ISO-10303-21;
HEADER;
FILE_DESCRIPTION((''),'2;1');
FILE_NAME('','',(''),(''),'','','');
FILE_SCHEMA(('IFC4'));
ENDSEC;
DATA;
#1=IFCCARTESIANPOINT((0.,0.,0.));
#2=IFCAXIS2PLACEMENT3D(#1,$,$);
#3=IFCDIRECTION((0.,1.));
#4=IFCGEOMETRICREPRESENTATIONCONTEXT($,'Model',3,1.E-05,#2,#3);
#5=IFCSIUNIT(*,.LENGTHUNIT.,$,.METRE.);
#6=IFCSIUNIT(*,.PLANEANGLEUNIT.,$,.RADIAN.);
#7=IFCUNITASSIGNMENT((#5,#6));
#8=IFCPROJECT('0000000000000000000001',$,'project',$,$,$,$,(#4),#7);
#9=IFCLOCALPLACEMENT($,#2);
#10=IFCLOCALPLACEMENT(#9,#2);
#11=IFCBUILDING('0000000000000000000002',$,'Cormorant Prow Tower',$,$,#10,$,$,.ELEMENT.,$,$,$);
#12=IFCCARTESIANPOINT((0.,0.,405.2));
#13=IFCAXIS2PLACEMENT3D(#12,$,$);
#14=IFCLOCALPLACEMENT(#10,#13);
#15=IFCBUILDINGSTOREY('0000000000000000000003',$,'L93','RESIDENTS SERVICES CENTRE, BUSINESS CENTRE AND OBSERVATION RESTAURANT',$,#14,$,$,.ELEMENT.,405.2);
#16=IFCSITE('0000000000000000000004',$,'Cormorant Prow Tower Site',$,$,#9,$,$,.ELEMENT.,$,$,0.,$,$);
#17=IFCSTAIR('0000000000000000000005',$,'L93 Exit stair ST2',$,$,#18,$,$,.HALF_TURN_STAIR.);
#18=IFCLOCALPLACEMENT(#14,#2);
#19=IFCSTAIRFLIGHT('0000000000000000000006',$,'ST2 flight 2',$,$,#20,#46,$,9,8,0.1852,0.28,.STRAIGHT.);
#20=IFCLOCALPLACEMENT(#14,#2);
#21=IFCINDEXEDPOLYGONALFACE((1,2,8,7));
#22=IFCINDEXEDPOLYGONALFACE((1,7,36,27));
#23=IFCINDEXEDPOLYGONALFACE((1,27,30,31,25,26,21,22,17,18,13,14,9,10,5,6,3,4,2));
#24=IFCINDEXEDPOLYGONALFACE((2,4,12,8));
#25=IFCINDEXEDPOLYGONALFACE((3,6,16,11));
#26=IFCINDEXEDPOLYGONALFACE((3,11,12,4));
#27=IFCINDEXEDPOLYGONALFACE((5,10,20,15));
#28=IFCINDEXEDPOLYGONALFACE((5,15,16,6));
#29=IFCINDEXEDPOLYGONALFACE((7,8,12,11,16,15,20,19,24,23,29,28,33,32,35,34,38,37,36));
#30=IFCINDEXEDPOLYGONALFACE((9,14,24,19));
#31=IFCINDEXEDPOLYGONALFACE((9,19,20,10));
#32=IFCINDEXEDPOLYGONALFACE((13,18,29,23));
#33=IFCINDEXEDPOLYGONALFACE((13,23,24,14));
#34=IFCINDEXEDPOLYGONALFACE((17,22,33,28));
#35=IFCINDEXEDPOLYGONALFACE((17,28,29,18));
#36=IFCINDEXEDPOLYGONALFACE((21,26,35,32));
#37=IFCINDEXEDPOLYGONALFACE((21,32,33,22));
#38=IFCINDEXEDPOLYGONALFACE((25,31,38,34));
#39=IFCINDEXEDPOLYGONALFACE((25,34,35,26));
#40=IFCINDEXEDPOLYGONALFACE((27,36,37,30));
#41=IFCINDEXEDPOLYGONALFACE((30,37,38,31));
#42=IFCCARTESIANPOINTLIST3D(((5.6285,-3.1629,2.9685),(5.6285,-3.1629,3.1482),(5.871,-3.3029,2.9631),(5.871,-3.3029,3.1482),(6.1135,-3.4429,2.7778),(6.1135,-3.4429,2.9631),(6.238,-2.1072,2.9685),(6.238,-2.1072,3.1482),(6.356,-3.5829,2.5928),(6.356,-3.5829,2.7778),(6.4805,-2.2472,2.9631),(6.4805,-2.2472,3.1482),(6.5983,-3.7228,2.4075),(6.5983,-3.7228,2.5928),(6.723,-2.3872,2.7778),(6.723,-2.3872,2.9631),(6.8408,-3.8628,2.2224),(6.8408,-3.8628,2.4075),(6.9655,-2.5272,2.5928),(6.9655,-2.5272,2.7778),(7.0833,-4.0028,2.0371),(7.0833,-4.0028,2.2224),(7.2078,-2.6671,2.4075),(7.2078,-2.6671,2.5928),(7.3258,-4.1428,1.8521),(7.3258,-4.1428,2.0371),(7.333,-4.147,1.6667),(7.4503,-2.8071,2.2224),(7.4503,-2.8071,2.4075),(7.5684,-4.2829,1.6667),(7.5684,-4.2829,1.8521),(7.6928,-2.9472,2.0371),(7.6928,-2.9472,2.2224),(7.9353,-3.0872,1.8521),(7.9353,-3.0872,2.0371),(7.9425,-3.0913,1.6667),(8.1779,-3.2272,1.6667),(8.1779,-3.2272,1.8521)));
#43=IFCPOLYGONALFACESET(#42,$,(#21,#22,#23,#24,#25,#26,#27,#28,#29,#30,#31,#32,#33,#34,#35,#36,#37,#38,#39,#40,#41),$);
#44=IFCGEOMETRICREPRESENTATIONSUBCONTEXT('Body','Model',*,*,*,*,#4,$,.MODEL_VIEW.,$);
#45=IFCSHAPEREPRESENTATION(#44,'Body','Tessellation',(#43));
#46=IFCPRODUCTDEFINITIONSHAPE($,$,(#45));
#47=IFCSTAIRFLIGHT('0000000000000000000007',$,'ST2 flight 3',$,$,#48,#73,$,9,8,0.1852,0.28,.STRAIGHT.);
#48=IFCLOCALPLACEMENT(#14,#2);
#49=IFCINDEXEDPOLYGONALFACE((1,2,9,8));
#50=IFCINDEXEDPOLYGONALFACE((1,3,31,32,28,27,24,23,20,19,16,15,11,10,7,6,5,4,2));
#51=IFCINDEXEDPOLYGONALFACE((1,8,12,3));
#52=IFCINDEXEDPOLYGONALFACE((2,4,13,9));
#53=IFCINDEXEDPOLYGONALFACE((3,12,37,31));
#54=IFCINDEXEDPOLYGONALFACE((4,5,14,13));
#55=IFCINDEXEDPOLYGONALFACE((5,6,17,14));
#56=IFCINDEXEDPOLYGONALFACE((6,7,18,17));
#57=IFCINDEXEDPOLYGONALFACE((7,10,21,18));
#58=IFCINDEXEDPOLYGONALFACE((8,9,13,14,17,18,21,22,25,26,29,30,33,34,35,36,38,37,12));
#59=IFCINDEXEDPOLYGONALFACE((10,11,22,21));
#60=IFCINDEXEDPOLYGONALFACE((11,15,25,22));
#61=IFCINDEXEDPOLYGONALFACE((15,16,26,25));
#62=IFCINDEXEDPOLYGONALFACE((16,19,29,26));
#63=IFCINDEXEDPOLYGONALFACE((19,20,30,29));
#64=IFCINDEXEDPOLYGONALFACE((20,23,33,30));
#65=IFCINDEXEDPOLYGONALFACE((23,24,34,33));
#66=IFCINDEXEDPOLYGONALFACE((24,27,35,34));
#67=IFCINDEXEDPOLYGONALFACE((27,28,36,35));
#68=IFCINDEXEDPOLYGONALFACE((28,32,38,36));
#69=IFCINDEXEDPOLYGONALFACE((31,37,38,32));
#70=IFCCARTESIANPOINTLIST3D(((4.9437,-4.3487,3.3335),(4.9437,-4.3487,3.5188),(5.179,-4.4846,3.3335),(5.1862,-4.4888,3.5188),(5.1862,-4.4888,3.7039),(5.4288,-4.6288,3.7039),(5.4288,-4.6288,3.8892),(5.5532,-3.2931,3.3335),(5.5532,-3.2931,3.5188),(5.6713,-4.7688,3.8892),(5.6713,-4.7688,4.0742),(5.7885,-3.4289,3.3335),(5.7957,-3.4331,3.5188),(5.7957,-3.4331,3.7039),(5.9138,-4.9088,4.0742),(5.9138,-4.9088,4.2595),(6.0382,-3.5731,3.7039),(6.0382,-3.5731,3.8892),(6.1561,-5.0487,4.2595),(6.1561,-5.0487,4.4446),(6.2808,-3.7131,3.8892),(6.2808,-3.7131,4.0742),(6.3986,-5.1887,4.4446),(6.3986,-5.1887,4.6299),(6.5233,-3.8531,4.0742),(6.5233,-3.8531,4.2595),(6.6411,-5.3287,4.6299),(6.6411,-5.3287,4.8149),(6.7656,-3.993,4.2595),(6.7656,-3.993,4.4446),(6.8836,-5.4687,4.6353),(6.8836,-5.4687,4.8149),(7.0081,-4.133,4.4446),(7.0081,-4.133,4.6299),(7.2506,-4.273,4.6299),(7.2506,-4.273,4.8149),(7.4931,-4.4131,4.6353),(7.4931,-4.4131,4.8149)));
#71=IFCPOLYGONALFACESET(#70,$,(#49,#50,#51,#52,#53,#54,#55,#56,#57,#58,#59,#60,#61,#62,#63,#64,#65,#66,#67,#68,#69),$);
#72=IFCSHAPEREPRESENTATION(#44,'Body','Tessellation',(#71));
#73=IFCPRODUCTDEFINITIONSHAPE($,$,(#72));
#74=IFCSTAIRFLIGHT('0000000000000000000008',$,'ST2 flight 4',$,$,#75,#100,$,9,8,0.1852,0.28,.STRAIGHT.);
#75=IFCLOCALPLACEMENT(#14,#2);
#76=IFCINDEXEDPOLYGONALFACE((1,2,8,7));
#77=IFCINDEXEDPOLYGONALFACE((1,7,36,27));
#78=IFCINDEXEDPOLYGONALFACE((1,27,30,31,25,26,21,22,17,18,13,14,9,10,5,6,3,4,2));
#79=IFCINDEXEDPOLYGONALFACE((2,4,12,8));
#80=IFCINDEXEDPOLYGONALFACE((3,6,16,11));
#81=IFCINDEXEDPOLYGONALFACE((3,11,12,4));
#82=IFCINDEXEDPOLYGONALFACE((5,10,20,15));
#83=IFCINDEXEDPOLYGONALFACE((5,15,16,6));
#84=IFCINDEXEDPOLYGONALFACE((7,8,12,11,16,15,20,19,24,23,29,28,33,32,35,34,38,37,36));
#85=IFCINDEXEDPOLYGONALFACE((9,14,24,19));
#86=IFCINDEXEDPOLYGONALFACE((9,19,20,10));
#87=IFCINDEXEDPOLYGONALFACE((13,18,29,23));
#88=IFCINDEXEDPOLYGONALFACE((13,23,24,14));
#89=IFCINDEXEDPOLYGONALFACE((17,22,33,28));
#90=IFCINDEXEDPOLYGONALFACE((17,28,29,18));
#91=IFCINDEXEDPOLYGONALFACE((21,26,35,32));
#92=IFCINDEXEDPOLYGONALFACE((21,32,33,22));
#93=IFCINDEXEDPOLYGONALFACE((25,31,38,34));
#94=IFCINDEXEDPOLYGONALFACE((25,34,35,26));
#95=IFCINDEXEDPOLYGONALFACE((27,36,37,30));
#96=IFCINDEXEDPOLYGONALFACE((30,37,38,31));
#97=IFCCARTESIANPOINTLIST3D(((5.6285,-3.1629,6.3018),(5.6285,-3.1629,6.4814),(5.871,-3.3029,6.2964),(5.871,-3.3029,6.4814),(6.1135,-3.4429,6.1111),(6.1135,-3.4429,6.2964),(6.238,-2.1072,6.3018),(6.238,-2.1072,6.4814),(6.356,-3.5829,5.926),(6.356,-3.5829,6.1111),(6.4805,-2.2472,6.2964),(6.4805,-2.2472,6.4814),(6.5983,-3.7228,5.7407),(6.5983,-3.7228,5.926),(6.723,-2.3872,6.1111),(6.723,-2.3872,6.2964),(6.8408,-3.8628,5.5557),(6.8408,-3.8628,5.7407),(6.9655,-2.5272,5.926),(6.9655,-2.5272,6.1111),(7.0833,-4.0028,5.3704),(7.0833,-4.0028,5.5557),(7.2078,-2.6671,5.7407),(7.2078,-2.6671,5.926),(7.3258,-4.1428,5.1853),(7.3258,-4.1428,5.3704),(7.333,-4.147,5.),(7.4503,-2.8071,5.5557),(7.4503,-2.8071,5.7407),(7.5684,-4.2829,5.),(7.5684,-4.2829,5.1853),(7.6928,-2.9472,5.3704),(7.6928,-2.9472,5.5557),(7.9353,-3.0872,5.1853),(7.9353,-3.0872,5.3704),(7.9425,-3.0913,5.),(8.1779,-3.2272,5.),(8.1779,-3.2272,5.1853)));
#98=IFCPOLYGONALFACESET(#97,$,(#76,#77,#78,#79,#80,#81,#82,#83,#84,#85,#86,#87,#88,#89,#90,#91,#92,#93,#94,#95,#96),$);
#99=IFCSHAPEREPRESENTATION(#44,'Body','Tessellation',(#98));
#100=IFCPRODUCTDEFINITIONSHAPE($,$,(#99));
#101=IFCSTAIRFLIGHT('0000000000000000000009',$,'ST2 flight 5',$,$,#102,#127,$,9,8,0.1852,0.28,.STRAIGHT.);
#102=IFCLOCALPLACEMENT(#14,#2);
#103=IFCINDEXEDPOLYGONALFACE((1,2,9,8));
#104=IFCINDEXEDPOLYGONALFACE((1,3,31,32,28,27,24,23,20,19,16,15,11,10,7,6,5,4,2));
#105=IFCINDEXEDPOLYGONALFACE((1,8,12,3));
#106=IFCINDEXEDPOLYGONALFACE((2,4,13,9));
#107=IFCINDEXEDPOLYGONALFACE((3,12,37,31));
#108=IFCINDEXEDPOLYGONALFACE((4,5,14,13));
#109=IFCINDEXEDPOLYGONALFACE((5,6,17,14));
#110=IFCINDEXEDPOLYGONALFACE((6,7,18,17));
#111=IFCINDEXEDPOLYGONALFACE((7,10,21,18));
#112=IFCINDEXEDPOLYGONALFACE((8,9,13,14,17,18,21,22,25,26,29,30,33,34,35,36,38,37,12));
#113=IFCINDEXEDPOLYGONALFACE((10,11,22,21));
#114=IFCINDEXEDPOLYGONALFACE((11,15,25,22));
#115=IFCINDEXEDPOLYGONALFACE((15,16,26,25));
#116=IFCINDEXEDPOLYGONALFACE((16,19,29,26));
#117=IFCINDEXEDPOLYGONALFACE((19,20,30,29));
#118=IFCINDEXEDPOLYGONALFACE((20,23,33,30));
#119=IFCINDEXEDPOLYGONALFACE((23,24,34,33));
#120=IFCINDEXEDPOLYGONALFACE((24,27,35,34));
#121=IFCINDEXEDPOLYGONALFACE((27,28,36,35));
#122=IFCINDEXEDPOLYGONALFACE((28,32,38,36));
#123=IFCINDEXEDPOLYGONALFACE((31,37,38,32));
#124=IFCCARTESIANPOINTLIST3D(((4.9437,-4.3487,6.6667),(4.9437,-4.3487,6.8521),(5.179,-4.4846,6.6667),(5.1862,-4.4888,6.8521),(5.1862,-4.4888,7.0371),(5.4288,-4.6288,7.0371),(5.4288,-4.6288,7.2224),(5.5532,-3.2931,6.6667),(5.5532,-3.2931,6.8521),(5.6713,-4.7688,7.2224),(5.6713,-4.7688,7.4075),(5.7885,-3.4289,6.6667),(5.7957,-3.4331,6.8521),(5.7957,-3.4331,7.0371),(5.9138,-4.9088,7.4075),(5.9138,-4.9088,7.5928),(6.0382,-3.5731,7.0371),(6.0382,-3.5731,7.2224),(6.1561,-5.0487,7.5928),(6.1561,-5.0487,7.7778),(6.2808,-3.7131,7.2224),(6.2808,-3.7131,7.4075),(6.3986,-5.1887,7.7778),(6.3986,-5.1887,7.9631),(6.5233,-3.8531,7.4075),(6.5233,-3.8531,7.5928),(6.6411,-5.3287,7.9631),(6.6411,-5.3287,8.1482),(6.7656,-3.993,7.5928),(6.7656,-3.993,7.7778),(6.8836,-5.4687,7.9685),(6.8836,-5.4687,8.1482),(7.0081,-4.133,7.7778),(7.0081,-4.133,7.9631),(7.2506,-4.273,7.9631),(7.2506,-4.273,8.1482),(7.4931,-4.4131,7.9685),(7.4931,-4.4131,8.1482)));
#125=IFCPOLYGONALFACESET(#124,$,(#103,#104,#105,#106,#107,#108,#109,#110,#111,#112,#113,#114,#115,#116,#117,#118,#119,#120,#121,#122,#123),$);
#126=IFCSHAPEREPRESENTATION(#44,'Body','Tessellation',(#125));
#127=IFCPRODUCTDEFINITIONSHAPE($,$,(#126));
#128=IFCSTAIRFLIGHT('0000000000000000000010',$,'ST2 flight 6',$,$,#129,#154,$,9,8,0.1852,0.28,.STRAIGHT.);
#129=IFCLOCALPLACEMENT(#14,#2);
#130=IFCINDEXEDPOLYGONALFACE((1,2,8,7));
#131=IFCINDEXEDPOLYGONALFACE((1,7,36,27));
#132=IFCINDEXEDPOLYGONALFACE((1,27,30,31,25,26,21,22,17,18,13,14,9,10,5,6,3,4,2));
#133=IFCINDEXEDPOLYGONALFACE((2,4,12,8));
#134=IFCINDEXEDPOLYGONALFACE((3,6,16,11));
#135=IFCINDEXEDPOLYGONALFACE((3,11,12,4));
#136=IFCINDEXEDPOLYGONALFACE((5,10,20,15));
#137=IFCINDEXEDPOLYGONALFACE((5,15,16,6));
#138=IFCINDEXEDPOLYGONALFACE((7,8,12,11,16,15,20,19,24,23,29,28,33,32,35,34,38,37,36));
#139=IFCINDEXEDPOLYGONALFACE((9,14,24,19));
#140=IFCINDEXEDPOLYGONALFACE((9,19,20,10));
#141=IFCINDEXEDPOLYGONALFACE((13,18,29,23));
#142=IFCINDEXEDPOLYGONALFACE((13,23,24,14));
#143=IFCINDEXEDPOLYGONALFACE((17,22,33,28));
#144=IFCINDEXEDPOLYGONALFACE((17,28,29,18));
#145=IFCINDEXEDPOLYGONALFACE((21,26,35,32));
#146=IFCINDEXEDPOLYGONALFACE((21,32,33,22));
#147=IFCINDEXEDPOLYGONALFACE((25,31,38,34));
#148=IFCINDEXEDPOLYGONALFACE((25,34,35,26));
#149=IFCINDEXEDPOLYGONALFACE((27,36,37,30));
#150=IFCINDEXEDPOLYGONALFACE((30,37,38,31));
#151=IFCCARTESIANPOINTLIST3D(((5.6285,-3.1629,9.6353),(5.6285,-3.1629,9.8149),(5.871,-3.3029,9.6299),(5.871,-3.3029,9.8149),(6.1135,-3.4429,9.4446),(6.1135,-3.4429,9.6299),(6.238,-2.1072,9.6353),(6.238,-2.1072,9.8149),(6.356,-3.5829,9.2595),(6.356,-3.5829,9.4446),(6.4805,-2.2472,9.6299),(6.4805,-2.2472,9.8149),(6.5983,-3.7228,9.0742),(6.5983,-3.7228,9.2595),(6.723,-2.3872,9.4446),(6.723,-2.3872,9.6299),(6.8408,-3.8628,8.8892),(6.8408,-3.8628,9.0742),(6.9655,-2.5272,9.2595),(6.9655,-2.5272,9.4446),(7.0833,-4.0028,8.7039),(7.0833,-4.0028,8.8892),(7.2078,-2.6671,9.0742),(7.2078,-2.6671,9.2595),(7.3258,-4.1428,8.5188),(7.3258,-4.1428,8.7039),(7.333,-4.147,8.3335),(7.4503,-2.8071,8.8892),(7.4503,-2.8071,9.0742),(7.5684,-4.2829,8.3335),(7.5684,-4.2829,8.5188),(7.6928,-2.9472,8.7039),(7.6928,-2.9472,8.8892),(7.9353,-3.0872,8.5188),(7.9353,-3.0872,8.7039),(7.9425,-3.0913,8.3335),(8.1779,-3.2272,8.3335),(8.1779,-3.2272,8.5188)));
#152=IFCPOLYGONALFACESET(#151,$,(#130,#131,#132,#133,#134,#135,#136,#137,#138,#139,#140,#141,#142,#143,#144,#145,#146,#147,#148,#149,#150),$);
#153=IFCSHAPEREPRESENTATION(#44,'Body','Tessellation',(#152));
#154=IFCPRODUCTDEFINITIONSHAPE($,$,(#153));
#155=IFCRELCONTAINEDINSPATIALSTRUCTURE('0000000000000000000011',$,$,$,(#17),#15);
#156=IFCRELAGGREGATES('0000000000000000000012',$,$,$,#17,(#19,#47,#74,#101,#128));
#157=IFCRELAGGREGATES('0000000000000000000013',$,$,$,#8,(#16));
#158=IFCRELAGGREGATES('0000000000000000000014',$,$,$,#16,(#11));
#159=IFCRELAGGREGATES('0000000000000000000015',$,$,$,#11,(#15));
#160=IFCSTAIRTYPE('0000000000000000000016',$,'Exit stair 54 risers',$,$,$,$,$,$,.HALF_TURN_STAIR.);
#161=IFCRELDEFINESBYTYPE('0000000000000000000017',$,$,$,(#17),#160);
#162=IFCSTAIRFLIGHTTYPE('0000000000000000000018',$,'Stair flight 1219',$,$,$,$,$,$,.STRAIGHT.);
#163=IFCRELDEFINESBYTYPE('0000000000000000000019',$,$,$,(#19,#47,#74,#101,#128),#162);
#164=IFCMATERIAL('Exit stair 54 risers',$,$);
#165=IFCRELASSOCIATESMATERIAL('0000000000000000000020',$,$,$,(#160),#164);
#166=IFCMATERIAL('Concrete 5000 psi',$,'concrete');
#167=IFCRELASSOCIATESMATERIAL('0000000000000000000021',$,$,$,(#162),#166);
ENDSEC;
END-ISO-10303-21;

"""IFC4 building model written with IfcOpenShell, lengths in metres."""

from ifc_helpers import new_model, si_unit, direction, frame, origin, place, context, subcontext, project, spatial, polyline, outline, extrude, material, type_object, element, aggregate, save


model = new_model("IFC4")

# Units and contexts
model_context = context("Model", 3, precision=1e-05, world=origin(), true_north=direction((0.0, 1.0)))
body_context = subcontext(model_context, "Body", "Model", "MODEL_VIEW")
ifc_project = project(units=[si_unit("LENGTHUNIT", "METRE"), si_unit("PLANEANGLEUNIT", "RADIAN")], contexts=[model_context])

# Site, building, storey
site_placement = place(None, origin())
site = spatial("IfcSite", under=ifc_project, at=site_placement, Name="Cormorant Prow Tower Site", CompositionType="ELEMENT", RefElevation=0.0)
building_placement = place(site_placement, origin())
building = spatial("IfcBuilding", under=site, at=building_placement, Name="Cormorant Prow Tower", CompositionType="ELEMENT")
storey_placement = place(building_placement, frame((0.0, 0.0, 405.2)))
storey = spatial("IfcBuildingStorey", under=building, at=storey_placement, Name="L93", Description="RESIDENTS SERVICES CENTRE, BUSINESS CENTRE AND OBSERVATION RESTAURANT", CompositionType="ELEMENT", Elevation=405.2)

# Stair, stair flights
ifc_material_1 = material(Name="Exit stair 54 risers")
stair_type = type_object("IfcStairType", Name="Exit stair 54 risers", PredefinedType="HALF_TURN_STAIR", material=ifc_material_1)
stair_placement = place(storey_placement, origin())
stair = element("IfcStair", 1, at=stair_placement, inside=storey, type_object=stair_type, Name="L93 Exit stair ST2", PredefinedType="HALF_TURN_STAIR")
ifc_material_2 = material(Name="Concrete 5000 psi", Category="concrete")
stair_flight_type = type_object("IfcStairFlightType", Name="Stair flight 1219", PredefinedType="STRAIGHT", material=ifc_material_2)
stair_flight_1_placement = place(storey_placement, frame((7.873, -3.7551, 1.6667), z_axis=(0.0, 0.0, 1.0), x_axis=(-0.866025, 0.5, 0.0)))
stair_flight_1 = element("IfcStairFlight", 2, at=stair_flight_1_placement, type_object=stair_flight_type, Name="ST2 flight 2", NumberOfRisers=9, NumberOfTreads=8, PredefinedType="STRAIGHT", RiserHeight=0.1852, TreadLength=0.28, context=body_context, shape_type="SweptSolid", body=[
    extrude(outline(polyline([(0.0, 0.0), (0.0, 0.1853), (0.28, 0.1853), (0.28, 0.3704), (0.5601, 0.3704), (0.5601, 0.5557), (0.8401, 0.5557), (0.8401, 0.7407), (1.1201, 0.7407), (1.1201, 0.926), (1.3999, 0.926), (1.3999, 1.1111), (1.6799, 1.1111), (1.6799, 1.2964), (1.96, 1.2964), (1.96, 1.4814), (2.24, 1.4814), (2.24, 1.6667), (2.24, 1.3018), (0.2717, 0.0), (0.0, 0.0)])), frame((0.0, 0.6094, 0.0), z_axis=(0.0, -1.0, 0.0), x_axis=(1.0, 0.0, 0.0)), (0.0, 0.0, 1.0), 1.219),
])
stair_flight_2_placement = place(storey_placement, frame((5.2485, -3.8208, 3.3335), z_axis=(0.0, 0.0, 1.0), x_axis=(0.866025, -0.5, 0.0)))
stair_flight_2 = element("IfcStairFlight", 3, at=stair_flight_2_placement, type_object=stair_flight_type, Name="ST2 flight 3", NumberOfRisers=9, NumberOfTreads=8, PredefinedType="STRAIGHT", RiserHeight=0.1852, TreadLength=0.28, context=body_context, shape_type="SweptSolid", body=[
    extrude(outline(polyline([(0.0, 0.0), (0.0, 0.1853), (0.28, 0.1853), (0.28, 0.3704), (0.5601, 0.3704), (0.5601, 0.5557), (0.8401, 0.5557), (0.8401, 0.7407), (1.1201, 0.7407), (1.1201, 0.926), (1.3999, 0.926), (1.3999, 1.1111), (1.6799, 1.1111), (1.6799, 1.2964), (1.96, 1.2964), (1.96, 1.4814), (2.24, 1.4814), (2.24, 1.6667), (2.24, 1.3018), (0.2717, 0.0), (0.0, 0.0)])), frame((0.0, 0.6094, 0.0), z_axis=(0.0, -1.0, 0.0), x_axis=(1.0, 0.0, 0.0)), (0.0, 0.0, 1.0), 1.219),
])
stair_flight_3_placement = place(storey_placement, frame((7.873, -3.7551, 5.0), z_axis=(0.0, 0.0, 1.0), x_axis=(-0.866025, 0.5, 0.0)))
stair_flight_3 = element("IfcStairFlight", 4, at=stair_flight_3_placement, type_object=stair_flight_type, Name="ST2 flight 4", NumberOfRisers=9, NumberOfTreads=8, PredefinedType="STRAIGHT", RiserHeight=0.1852, TreadLength=0.28, context=body_context, shape_type="SweptSolid", body=[
    extrude(outline(polyline([(0.0, 0.0), (0.0, 0.1853), (0.28, 0.1853), (0.28, 0.3704), (0.5601, 0.3704), (0.5601, 0.5557), (0.8401, 0.5557), (0.8401, 0.7407), (1.1201, 0.7407), (1.1201, 0.926), (1.3999, 0.926), (1.3999, 1.1111), (1.6799, 1.1111), (1.6799, 1.2964), (1.96, 1.2964), (1.96, 1.4814), (2.24, 1.4814), (2.24, 1.6667), (2.24, 1.3018), (0.2717, 0.0), (0.0, 0.0)])), frame((0.0, 0.6094, 0.0), z_axis=(0.0, -1.0, 0.0), x_axis=(1.0, 0.0, 0.0)), (0.0, 0.0, 1.0), 1.219),
])
stair_flight_4_placement = place(storey_placement, frame((5.2485, -3.8208, 6.6667), z_axis=(0.0, 0.0, 1.0), x_axis=(0.866025, -0.5, 0.0)))
stair_flight_4 = element("IfcStairFlight", 5, at=stair_flight_4_placement, type_object=stair_flight_type, Name="ST2 flight 5", NumberOfRisers=9, NumberOfTreads=8, PredefinedType="STRAIGHT", RiserHeight=0.1852, TreadLength=0.28, context=body_context, shape_type="SweptSolid", body=[
    extrude(outline(polyline([(0.0, 0.0), (0.0, 0.1853), (0.28, 0.1853), (0.28, 0.3704), (0.5601, 0.3704), (0.5601, 0.5557), (0.8401, 0.5557), (0.8401, 0.7407), (1.1201, 0.7407), (1.1201, 0.926), (1.3999, 0.926), (1.3999, 1.1111), (1.6799, 1.1111), (1.6799, 1.2964), (1.96, 1.2964), (1.96, 1.4814), (2.24, 1.4814), (2.24, 1.6667), (2.24, 1.3018), (0.2717, 0.0), (0.0, 0.0)])), frame((0.0, 0.6094, 0.0), z_axis=(0.0, -1.0, 0.0), x_axis=(1.0, 0.0, 0.0)), (0.0, 0.0, 1.0), 1.219),
])
stair_flight_5_placement = place(storey_placement, frame((7.873, -3.7551, 8.3335), z_axis=(0.0, 0.0, 1.0), x_axis=(-0.866025, 0.5, 0.0)))
stair_flight_5 = element("IfcStairFlight", 6, at=stair_flight_5_placement, type_object=stair_flight_type, Name="ST2 flight 6", NumberOfRisers=9, NumberOfTreads=8, PredefinedType="STRAIGHT", RiserHeight=0.1852, TreadLength=0.28, context=body_context, shape_type="SweptSolid", body=[
    extrude(outline(polyline([(0.0, 0.0), (0.0, 0.1853), (0.28, 0.1853), (0.28, 0.3704), (0.5601, 0.3704), (0.5601, 0.5557), (0.8401, 0.5557), (0.8401, 0.7407), (1.1201, 0.7407), (1.1201, 0.926), (1.3999, 0.926), (1.3999, 1.1111), (1.6799, 1.1111), (1.6799, 1.2964), (1.96, 1.2964), (1.96, 1.4814), (2.24, 1.4814), (2.24, 1.6667), (2.24, 1.3018), (0.2717, 0.0), (0.0, 0.0)])), frame((0.0, 0.6094, 0.0), z_axis=(0.0, -1.0, 0.0), x_axis=(1.0, 0.0, 0.0)), (0.0, 0.0, 1.0), 1.219),
])
aggregate(stair, [stair_flight_1, stair_flight_2, stair_flight_3, stair_flight_4, stair_flight_5])

save(model, "model.ifc")
